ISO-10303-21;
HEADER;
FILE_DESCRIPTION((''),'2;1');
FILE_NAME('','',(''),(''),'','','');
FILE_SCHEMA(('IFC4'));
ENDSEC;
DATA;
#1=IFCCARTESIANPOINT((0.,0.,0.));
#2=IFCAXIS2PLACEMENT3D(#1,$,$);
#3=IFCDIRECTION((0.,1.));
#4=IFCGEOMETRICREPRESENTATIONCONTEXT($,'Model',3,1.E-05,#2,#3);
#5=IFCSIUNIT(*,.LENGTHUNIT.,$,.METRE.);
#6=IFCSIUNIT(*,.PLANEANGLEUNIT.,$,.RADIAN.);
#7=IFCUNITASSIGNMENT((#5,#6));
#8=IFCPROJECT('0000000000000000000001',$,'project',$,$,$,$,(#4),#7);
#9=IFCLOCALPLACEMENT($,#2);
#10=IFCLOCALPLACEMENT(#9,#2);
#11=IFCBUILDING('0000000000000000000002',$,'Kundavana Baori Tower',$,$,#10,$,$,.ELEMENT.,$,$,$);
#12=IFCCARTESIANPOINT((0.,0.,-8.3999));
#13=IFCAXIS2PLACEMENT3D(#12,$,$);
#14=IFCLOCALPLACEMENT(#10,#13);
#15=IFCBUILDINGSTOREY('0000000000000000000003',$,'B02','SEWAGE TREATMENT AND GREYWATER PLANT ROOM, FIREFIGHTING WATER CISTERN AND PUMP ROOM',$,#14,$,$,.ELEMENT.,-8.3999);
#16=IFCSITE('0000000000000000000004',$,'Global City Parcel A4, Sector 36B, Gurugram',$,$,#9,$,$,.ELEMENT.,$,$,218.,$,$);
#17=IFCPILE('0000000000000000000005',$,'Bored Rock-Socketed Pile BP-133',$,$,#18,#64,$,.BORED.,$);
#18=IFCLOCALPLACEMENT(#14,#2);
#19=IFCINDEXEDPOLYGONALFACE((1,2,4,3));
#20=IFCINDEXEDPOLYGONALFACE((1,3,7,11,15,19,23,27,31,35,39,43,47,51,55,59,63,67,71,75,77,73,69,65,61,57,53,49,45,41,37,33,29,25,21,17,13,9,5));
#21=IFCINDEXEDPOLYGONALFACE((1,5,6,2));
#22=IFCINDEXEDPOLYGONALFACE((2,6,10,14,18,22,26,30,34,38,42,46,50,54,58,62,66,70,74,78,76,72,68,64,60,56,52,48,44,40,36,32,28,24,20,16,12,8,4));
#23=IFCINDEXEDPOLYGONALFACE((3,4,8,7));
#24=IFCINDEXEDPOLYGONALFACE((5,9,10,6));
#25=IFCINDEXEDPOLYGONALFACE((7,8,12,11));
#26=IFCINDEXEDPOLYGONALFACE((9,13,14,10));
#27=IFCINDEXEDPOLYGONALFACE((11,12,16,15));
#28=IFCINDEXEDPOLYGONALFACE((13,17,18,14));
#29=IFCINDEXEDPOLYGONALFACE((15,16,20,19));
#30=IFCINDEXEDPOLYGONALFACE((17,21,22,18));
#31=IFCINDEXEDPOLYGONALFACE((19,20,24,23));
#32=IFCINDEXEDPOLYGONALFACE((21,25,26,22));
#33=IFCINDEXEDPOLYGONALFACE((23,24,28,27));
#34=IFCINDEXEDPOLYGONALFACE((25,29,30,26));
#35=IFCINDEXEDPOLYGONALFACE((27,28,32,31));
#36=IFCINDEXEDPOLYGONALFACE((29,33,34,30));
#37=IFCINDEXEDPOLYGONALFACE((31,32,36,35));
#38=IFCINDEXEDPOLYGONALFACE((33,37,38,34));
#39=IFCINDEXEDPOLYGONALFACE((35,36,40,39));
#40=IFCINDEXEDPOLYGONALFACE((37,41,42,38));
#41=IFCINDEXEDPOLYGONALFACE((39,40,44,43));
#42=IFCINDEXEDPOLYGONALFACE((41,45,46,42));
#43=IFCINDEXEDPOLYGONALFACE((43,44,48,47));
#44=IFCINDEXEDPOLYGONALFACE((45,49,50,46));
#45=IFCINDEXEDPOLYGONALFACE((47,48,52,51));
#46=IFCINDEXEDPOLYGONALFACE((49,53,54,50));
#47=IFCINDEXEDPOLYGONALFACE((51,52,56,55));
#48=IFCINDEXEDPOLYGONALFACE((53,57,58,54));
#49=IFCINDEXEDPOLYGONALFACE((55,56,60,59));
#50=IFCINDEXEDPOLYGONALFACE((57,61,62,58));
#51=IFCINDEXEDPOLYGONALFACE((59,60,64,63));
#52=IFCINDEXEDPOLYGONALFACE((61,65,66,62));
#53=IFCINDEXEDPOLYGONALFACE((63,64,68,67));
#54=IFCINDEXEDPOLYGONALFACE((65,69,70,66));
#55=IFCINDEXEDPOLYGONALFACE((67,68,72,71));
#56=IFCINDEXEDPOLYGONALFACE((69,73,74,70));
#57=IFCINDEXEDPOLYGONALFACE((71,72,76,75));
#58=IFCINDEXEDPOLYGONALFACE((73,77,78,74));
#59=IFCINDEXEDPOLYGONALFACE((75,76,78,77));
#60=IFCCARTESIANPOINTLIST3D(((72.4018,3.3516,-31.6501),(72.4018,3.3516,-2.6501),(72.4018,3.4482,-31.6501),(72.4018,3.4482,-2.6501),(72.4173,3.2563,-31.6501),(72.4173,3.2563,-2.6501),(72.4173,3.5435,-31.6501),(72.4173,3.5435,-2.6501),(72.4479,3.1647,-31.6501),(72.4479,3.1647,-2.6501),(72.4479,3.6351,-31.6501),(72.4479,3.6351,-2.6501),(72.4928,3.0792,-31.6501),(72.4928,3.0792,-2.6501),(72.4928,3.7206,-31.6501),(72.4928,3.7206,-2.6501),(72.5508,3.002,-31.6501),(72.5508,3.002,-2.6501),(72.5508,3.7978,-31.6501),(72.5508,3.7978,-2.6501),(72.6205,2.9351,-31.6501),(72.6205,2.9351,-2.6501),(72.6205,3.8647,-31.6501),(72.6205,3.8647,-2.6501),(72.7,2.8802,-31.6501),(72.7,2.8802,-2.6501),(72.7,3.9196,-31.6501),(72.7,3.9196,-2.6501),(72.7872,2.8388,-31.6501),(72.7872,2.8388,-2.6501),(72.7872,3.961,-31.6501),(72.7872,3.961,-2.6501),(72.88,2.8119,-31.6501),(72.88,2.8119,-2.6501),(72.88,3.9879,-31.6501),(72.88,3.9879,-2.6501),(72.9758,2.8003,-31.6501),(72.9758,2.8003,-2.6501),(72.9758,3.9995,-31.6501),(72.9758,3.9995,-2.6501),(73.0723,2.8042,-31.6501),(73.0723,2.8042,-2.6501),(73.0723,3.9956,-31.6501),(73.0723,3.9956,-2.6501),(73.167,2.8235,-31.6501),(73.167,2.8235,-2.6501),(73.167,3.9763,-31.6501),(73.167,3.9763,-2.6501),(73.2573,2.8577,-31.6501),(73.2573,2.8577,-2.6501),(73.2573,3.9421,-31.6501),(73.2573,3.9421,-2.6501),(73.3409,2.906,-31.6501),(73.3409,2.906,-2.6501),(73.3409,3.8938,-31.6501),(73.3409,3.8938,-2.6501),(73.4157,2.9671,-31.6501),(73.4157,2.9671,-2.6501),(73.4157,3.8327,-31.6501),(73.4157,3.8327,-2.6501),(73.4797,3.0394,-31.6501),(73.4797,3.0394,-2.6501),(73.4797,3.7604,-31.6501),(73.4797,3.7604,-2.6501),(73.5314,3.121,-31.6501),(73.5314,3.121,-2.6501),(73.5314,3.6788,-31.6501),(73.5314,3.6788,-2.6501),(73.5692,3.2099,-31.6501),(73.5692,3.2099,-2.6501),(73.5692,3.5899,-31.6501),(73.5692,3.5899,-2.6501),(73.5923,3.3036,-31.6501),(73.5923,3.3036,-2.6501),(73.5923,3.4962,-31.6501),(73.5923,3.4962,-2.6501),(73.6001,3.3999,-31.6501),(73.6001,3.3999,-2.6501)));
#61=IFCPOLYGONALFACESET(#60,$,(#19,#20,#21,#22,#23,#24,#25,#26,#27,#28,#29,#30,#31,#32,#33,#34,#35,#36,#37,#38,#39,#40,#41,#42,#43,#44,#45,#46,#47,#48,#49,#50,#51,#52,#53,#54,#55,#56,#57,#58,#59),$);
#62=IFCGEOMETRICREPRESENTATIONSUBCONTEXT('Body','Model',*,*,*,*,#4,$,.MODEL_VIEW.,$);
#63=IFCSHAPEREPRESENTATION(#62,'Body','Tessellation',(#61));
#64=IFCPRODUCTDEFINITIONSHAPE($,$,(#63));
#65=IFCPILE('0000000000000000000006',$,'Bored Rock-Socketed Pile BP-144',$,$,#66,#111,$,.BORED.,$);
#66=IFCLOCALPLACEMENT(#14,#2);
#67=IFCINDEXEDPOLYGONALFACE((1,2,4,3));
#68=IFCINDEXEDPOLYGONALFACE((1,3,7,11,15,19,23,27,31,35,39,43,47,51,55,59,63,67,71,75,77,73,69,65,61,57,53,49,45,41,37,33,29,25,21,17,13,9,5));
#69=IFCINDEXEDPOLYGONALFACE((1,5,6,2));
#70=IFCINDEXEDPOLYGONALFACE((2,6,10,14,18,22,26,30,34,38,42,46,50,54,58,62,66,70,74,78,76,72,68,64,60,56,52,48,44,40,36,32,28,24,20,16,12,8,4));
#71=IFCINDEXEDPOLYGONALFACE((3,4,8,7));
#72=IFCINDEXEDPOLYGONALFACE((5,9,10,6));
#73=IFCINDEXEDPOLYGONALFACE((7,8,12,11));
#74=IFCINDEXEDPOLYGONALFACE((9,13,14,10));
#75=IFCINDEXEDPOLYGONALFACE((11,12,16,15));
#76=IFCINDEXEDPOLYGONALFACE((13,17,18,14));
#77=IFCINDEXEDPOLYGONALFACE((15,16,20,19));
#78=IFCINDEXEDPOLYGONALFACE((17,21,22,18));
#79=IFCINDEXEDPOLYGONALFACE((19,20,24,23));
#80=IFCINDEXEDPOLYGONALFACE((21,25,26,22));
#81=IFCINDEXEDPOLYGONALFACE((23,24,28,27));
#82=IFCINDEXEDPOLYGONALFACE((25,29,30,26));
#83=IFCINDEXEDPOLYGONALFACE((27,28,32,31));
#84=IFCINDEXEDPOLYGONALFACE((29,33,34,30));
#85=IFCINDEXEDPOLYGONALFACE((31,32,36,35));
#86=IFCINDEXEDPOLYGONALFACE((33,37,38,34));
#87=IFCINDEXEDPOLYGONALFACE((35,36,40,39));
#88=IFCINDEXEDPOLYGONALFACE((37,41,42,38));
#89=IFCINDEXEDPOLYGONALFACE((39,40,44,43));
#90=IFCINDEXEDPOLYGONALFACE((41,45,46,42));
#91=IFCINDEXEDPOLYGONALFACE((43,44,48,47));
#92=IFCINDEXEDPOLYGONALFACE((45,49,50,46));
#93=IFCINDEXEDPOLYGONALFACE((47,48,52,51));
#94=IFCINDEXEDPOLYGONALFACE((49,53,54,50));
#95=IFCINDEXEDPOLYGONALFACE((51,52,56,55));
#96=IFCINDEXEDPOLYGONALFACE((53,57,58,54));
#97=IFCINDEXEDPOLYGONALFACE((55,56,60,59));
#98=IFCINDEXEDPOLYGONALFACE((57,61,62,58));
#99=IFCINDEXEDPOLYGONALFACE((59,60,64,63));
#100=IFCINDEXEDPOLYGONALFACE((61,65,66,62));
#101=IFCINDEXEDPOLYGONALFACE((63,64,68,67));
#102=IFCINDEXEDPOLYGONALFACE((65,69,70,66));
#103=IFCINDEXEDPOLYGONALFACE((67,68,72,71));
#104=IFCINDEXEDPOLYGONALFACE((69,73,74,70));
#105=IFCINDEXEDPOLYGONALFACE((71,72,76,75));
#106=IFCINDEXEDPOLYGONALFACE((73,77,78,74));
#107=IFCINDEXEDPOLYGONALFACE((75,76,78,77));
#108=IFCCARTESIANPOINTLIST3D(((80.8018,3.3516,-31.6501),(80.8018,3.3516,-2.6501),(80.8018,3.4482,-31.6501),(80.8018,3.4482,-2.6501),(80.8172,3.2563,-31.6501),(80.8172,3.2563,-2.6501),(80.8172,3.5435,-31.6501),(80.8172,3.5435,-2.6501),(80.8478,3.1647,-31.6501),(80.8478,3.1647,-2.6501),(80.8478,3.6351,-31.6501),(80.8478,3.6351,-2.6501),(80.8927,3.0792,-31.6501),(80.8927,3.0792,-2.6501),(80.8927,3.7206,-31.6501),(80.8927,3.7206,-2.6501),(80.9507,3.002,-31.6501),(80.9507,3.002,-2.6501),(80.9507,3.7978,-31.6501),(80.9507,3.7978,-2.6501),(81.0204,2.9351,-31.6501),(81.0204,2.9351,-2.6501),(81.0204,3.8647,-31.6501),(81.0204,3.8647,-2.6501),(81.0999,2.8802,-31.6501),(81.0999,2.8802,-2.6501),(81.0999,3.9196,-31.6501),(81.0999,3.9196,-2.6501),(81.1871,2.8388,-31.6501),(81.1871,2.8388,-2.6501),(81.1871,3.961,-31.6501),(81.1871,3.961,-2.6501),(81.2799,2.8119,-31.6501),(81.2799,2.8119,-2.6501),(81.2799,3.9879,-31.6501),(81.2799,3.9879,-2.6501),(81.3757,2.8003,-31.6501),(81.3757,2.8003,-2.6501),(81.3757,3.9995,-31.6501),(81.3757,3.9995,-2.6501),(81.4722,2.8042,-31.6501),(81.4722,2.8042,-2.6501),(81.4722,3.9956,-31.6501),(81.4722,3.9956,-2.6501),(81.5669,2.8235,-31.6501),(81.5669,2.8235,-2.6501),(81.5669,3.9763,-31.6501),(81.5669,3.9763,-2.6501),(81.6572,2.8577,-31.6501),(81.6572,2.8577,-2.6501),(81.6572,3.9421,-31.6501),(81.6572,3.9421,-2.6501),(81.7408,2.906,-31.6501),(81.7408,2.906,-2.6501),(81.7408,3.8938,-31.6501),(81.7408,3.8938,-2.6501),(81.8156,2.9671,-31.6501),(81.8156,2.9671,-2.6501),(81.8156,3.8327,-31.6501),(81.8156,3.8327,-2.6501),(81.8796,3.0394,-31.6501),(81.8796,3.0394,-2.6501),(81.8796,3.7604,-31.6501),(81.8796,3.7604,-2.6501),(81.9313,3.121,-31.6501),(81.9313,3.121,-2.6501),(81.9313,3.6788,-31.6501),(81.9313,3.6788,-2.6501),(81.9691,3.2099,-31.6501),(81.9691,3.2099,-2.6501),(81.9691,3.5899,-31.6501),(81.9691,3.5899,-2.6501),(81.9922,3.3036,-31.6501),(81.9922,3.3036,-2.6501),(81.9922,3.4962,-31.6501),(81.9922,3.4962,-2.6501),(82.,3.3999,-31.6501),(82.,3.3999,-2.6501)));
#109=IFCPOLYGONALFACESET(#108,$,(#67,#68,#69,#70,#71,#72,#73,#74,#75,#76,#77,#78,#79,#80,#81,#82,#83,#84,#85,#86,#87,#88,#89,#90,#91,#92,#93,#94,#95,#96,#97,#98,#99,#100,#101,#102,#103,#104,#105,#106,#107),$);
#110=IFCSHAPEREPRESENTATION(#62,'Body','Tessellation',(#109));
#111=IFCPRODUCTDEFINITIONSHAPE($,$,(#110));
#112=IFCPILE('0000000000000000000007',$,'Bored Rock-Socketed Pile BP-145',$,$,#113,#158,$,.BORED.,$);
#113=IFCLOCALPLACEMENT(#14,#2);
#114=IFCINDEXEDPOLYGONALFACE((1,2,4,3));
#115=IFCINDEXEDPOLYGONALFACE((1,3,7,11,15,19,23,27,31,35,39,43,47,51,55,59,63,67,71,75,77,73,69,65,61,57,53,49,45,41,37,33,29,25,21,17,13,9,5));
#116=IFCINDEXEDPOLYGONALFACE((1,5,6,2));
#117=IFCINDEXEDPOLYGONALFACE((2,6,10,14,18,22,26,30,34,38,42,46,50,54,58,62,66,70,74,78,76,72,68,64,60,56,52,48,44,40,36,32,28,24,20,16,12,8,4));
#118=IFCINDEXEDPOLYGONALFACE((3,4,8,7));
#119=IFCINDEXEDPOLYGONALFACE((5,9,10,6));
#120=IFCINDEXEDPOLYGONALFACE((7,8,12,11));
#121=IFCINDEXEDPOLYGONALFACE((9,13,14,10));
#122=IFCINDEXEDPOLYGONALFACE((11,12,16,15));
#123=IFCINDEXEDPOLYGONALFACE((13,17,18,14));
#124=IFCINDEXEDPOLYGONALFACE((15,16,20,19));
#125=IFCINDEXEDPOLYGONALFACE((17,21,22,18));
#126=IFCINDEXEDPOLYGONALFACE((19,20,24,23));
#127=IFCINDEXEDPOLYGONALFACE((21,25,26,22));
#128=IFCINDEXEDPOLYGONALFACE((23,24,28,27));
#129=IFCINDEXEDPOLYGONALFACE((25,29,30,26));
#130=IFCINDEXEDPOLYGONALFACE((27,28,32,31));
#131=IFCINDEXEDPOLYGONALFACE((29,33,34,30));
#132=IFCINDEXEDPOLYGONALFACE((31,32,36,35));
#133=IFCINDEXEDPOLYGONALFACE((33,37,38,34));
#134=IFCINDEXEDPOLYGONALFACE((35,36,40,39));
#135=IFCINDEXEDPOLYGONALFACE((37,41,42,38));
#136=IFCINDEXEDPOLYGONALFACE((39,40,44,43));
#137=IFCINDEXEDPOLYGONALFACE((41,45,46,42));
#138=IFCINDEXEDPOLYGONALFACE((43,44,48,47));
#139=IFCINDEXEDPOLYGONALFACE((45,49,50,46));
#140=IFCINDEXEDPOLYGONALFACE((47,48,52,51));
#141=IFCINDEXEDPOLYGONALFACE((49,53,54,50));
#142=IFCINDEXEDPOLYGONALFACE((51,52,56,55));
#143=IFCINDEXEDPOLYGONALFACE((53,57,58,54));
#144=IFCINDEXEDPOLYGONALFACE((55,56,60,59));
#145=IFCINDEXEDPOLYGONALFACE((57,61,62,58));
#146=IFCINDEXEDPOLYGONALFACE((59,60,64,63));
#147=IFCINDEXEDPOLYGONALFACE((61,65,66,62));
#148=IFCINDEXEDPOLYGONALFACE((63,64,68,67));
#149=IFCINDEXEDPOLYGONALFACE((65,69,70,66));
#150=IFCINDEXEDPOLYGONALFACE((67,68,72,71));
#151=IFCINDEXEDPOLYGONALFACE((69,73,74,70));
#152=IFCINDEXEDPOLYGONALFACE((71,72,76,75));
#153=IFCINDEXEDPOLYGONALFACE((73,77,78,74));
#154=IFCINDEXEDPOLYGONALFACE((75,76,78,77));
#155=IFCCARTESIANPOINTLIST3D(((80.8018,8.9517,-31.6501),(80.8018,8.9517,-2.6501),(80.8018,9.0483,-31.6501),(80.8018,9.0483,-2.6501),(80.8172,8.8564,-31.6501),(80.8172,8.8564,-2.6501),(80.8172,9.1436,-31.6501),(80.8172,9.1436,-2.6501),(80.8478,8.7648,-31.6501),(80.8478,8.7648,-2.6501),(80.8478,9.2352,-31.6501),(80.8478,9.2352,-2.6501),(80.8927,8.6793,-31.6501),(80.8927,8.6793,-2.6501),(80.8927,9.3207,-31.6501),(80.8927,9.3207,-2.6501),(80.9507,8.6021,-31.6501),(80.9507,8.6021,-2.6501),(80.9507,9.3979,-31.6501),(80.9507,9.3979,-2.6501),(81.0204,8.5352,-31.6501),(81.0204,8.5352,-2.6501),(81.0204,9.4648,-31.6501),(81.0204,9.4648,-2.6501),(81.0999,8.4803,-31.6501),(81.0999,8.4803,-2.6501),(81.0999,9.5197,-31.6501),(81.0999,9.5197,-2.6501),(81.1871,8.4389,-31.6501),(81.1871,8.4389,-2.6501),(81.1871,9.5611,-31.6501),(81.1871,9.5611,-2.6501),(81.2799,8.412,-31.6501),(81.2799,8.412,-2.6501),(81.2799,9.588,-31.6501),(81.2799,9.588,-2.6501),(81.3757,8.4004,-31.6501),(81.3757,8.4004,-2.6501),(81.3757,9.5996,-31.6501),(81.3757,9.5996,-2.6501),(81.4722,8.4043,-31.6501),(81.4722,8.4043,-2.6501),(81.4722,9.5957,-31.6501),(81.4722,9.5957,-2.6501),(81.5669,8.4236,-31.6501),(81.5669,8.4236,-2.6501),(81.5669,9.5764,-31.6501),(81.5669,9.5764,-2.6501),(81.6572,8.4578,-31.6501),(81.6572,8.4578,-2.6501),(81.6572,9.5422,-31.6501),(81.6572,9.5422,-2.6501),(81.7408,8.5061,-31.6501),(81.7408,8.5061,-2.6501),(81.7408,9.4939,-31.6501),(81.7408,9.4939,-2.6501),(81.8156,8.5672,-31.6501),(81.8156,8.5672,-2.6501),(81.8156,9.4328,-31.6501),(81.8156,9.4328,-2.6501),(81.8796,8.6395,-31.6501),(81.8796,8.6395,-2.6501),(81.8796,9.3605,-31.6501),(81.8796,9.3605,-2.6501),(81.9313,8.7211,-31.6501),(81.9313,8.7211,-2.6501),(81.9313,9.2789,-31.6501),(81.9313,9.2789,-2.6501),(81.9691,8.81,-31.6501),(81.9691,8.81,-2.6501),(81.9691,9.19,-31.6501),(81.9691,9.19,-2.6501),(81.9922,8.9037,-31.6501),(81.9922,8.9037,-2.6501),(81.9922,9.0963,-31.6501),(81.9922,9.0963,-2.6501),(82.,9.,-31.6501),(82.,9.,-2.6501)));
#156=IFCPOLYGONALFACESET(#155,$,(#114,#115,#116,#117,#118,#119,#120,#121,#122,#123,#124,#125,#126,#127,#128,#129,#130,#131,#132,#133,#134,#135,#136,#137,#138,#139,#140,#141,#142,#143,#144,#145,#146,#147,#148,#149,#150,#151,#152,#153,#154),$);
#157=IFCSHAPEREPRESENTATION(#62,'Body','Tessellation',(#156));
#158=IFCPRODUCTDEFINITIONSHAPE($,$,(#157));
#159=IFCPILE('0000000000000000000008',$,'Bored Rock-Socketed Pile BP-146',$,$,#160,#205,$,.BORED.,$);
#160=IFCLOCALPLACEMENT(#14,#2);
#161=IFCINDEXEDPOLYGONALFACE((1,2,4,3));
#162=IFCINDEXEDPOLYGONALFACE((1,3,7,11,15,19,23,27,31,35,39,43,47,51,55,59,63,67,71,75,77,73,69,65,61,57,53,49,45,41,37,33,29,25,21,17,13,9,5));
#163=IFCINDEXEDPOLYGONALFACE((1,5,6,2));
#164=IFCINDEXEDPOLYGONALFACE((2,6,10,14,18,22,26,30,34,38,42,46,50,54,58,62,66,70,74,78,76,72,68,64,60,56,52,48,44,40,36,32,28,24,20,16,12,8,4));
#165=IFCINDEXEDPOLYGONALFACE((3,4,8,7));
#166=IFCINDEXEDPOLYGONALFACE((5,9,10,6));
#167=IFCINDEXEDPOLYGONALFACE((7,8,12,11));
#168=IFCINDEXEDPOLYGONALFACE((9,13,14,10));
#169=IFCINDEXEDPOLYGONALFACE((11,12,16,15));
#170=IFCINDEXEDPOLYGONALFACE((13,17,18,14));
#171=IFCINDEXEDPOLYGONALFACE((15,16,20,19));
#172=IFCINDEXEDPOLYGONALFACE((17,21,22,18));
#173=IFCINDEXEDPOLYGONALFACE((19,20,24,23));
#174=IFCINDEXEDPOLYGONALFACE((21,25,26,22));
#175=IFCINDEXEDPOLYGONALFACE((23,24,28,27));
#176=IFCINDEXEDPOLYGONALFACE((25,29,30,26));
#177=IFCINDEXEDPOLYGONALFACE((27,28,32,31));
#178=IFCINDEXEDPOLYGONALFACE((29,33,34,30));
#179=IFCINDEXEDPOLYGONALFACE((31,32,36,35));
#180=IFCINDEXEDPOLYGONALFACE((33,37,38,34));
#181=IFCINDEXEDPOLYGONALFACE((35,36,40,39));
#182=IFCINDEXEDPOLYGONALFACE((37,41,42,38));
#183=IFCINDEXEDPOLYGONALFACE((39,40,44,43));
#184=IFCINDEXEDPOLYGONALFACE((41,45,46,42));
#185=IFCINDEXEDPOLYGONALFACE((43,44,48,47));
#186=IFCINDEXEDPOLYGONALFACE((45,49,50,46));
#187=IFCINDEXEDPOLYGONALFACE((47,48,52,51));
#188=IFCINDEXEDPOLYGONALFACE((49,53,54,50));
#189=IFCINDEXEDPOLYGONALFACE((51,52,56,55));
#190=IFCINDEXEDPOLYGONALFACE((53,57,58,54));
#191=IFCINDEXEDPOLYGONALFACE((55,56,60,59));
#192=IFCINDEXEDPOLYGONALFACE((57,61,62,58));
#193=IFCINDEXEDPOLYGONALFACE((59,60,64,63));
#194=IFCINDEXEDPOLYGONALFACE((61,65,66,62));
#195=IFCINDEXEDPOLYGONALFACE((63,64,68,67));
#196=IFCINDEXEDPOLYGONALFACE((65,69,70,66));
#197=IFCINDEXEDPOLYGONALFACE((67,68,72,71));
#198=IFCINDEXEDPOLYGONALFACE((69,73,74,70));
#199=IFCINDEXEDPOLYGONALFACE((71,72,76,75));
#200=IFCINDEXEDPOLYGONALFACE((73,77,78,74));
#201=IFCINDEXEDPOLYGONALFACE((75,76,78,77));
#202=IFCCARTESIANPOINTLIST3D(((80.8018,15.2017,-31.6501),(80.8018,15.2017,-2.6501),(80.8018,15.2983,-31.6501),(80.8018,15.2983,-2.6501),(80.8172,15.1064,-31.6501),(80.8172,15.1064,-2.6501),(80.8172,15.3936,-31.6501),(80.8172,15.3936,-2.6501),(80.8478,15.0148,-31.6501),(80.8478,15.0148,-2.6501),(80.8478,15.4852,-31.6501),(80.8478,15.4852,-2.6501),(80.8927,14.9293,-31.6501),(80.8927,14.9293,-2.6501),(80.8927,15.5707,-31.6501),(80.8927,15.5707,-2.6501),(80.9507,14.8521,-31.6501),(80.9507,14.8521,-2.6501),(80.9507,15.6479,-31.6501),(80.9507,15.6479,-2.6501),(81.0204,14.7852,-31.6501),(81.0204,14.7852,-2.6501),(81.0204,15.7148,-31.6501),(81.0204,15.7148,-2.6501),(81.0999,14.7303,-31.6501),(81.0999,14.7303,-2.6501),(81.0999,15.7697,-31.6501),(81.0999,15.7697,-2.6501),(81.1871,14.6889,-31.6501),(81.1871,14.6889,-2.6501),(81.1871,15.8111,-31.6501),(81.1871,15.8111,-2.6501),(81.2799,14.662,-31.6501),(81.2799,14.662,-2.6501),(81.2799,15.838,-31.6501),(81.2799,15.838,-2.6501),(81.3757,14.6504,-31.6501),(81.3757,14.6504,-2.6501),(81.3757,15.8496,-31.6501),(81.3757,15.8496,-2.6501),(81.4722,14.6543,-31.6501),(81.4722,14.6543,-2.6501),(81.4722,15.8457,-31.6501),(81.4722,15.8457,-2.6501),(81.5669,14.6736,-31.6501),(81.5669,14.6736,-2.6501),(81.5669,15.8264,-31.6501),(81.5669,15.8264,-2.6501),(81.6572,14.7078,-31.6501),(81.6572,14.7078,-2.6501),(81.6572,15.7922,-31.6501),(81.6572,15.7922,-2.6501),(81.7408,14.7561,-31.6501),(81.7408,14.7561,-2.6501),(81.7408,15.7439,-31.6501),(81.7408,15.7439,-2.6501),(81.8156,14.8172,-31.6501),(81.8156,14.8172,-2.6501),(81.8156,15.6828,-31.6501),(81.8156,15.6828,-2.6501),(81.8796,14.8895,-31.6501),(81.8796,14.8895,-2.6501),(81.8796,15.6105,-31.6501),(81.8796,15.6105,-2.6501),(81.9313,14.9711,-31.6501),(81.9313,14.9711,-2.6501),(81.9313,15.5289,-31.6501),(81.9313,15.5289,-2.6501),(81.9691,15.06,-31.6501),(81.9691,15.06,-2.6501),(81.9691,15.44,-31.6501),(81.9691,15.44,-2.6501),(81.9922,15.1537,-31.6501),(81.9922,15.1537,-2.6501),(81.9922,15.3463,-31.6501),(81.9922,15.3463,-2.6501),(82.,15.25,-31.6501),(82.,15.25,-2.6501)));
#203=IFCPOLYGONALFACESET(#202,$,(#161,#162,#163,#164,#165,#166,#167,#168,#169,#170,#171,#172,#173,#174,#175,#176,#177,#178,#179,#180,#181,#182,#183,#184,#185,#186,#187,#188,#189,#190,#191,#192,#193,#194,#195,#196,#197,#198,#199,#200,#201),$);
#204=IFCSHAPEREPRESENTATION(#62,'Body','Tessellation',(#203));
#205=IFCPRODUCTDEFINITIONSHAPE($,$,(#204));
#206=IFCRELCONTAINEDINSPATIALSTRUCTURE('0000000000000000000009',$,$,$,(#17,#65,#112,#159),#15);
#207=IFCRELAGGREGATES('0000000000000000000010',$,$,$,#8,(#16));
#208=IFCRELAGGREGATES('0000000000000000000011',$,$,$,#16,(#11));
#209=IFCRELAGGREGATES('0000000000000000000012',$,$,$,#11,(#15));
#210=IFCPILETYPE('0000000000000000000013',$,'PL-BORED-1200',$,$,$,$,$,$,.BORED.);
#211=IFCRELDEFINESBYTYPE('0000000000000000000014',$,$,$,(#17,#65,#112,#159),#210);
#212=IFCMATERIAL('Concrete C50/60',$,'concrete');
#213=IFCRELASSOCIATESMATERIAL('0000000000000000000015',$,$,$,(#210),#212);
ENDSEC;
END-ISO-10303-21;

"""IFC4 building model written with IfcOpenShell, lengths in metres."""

from ifc_helpers import new_model, si_unit, direction, frame, origin, origin_2d, place, context, subcontext, project, spatial, circle, extrude, material, material_profile, profile_set, type_object, element, save


model = new_model("IFC4")

# Units and contexts
model_context = context("Model", 3, precision=1e-05, world=origin(), true_north=direction((0.0, 1.0)))
body_context = subcontext(model_context, "Body", "Model", "MODEL_VIEW")
ifc_project = project(units=[si_unit("LENGTHUNIT", "METRE"), si_unit("PLANEANGLEUNIT", "RADIAN")], contexts=[model_context])

# Site, building, storey
site_placement = place(None, origin())
site = spatial("IfcSite", under=ifc_project, at=site_placement, Name="Global City Parcel A4, Sector 36B, Gurugram", CompositionType="ELEMENT", RefElevation=218.0)
building_placement = place(site_placement, origin())
building = spatial("IfcBuilding", under=site, at=building_placement, Name="Kundavana Baori Tower", CompositionType="ELEMENT")
storey_placement = place(building_placement, frame((0.0, 0.0, -8.3999)))
storey = spatial("IfcBuildingStorey", under=building, at=storey_placement, Name="B02", Description="SEWAGE TREATMENT AND GREYWATER PLANT ROOM, FIREFIGHTING WATER CISTERN AND PUMP ROOM", CompositionType="ELEMENT", Elevation=-8.3999)

# Piles
ifc_material_1 = material(Name="Concrete C50/60", Category="concrete")
ifc_material_profile_1 = material_profile(ifc_material_1, circle(Radius=0.6001, at=origin_2d()), Name="BORED PILE D1200")
ifc_profile_set_1 = profile_set([ifc_material_profile_1], Name="Concrete C50/60")
pile_type_1 = type_object("IfcPileType", Name="PL-BORED-1200", PredefinedType="BORED", material=ifc_profile_set_1)
for number, where, z_axis, x_axis, name in (
    (1, (73.0, 3.3999, -2.6501), (0.0, 0.0, -1.0), (1.0, 0.0, 0.0), "Bored Rock-Socketed Pile BP-133"),
    (2, (81.3999, 3.3999, -2.6501), (0.0, 0.0, -1.0), (1.0, 0.0, 0.0), "Bored Rock-Socketed Pile BP-144"),
    (3, (81.3999, 9.0, -2.6501), (0.0, 0.0, -1.0), (1.0, 0.0, 0.0), "Bored Rock-Socketed Pile BP-145"),
    (4, (81.3999, 15.25, -2.6501), (0.0, 0.0, -1.0), (1.0, 0.0, 0.0), "Bored Rock-Socketed Pile BP-146"),
):
    element("IfcPile", number, at=place(storey_placement, frame(where, z_axis=z_axis, x_axis=x_axis)), inside=storey, type_object=pile_type_1, Name=name, PredefinedType="BORED", context=body_context, shape_type="SweptSolid", body=[
        extrude(circle(Radius=0.6001, at=origin_2d()), origin(), (0.0, 0.0, 1.0), 29.0),
    ])

save(model, "model.ifc")
